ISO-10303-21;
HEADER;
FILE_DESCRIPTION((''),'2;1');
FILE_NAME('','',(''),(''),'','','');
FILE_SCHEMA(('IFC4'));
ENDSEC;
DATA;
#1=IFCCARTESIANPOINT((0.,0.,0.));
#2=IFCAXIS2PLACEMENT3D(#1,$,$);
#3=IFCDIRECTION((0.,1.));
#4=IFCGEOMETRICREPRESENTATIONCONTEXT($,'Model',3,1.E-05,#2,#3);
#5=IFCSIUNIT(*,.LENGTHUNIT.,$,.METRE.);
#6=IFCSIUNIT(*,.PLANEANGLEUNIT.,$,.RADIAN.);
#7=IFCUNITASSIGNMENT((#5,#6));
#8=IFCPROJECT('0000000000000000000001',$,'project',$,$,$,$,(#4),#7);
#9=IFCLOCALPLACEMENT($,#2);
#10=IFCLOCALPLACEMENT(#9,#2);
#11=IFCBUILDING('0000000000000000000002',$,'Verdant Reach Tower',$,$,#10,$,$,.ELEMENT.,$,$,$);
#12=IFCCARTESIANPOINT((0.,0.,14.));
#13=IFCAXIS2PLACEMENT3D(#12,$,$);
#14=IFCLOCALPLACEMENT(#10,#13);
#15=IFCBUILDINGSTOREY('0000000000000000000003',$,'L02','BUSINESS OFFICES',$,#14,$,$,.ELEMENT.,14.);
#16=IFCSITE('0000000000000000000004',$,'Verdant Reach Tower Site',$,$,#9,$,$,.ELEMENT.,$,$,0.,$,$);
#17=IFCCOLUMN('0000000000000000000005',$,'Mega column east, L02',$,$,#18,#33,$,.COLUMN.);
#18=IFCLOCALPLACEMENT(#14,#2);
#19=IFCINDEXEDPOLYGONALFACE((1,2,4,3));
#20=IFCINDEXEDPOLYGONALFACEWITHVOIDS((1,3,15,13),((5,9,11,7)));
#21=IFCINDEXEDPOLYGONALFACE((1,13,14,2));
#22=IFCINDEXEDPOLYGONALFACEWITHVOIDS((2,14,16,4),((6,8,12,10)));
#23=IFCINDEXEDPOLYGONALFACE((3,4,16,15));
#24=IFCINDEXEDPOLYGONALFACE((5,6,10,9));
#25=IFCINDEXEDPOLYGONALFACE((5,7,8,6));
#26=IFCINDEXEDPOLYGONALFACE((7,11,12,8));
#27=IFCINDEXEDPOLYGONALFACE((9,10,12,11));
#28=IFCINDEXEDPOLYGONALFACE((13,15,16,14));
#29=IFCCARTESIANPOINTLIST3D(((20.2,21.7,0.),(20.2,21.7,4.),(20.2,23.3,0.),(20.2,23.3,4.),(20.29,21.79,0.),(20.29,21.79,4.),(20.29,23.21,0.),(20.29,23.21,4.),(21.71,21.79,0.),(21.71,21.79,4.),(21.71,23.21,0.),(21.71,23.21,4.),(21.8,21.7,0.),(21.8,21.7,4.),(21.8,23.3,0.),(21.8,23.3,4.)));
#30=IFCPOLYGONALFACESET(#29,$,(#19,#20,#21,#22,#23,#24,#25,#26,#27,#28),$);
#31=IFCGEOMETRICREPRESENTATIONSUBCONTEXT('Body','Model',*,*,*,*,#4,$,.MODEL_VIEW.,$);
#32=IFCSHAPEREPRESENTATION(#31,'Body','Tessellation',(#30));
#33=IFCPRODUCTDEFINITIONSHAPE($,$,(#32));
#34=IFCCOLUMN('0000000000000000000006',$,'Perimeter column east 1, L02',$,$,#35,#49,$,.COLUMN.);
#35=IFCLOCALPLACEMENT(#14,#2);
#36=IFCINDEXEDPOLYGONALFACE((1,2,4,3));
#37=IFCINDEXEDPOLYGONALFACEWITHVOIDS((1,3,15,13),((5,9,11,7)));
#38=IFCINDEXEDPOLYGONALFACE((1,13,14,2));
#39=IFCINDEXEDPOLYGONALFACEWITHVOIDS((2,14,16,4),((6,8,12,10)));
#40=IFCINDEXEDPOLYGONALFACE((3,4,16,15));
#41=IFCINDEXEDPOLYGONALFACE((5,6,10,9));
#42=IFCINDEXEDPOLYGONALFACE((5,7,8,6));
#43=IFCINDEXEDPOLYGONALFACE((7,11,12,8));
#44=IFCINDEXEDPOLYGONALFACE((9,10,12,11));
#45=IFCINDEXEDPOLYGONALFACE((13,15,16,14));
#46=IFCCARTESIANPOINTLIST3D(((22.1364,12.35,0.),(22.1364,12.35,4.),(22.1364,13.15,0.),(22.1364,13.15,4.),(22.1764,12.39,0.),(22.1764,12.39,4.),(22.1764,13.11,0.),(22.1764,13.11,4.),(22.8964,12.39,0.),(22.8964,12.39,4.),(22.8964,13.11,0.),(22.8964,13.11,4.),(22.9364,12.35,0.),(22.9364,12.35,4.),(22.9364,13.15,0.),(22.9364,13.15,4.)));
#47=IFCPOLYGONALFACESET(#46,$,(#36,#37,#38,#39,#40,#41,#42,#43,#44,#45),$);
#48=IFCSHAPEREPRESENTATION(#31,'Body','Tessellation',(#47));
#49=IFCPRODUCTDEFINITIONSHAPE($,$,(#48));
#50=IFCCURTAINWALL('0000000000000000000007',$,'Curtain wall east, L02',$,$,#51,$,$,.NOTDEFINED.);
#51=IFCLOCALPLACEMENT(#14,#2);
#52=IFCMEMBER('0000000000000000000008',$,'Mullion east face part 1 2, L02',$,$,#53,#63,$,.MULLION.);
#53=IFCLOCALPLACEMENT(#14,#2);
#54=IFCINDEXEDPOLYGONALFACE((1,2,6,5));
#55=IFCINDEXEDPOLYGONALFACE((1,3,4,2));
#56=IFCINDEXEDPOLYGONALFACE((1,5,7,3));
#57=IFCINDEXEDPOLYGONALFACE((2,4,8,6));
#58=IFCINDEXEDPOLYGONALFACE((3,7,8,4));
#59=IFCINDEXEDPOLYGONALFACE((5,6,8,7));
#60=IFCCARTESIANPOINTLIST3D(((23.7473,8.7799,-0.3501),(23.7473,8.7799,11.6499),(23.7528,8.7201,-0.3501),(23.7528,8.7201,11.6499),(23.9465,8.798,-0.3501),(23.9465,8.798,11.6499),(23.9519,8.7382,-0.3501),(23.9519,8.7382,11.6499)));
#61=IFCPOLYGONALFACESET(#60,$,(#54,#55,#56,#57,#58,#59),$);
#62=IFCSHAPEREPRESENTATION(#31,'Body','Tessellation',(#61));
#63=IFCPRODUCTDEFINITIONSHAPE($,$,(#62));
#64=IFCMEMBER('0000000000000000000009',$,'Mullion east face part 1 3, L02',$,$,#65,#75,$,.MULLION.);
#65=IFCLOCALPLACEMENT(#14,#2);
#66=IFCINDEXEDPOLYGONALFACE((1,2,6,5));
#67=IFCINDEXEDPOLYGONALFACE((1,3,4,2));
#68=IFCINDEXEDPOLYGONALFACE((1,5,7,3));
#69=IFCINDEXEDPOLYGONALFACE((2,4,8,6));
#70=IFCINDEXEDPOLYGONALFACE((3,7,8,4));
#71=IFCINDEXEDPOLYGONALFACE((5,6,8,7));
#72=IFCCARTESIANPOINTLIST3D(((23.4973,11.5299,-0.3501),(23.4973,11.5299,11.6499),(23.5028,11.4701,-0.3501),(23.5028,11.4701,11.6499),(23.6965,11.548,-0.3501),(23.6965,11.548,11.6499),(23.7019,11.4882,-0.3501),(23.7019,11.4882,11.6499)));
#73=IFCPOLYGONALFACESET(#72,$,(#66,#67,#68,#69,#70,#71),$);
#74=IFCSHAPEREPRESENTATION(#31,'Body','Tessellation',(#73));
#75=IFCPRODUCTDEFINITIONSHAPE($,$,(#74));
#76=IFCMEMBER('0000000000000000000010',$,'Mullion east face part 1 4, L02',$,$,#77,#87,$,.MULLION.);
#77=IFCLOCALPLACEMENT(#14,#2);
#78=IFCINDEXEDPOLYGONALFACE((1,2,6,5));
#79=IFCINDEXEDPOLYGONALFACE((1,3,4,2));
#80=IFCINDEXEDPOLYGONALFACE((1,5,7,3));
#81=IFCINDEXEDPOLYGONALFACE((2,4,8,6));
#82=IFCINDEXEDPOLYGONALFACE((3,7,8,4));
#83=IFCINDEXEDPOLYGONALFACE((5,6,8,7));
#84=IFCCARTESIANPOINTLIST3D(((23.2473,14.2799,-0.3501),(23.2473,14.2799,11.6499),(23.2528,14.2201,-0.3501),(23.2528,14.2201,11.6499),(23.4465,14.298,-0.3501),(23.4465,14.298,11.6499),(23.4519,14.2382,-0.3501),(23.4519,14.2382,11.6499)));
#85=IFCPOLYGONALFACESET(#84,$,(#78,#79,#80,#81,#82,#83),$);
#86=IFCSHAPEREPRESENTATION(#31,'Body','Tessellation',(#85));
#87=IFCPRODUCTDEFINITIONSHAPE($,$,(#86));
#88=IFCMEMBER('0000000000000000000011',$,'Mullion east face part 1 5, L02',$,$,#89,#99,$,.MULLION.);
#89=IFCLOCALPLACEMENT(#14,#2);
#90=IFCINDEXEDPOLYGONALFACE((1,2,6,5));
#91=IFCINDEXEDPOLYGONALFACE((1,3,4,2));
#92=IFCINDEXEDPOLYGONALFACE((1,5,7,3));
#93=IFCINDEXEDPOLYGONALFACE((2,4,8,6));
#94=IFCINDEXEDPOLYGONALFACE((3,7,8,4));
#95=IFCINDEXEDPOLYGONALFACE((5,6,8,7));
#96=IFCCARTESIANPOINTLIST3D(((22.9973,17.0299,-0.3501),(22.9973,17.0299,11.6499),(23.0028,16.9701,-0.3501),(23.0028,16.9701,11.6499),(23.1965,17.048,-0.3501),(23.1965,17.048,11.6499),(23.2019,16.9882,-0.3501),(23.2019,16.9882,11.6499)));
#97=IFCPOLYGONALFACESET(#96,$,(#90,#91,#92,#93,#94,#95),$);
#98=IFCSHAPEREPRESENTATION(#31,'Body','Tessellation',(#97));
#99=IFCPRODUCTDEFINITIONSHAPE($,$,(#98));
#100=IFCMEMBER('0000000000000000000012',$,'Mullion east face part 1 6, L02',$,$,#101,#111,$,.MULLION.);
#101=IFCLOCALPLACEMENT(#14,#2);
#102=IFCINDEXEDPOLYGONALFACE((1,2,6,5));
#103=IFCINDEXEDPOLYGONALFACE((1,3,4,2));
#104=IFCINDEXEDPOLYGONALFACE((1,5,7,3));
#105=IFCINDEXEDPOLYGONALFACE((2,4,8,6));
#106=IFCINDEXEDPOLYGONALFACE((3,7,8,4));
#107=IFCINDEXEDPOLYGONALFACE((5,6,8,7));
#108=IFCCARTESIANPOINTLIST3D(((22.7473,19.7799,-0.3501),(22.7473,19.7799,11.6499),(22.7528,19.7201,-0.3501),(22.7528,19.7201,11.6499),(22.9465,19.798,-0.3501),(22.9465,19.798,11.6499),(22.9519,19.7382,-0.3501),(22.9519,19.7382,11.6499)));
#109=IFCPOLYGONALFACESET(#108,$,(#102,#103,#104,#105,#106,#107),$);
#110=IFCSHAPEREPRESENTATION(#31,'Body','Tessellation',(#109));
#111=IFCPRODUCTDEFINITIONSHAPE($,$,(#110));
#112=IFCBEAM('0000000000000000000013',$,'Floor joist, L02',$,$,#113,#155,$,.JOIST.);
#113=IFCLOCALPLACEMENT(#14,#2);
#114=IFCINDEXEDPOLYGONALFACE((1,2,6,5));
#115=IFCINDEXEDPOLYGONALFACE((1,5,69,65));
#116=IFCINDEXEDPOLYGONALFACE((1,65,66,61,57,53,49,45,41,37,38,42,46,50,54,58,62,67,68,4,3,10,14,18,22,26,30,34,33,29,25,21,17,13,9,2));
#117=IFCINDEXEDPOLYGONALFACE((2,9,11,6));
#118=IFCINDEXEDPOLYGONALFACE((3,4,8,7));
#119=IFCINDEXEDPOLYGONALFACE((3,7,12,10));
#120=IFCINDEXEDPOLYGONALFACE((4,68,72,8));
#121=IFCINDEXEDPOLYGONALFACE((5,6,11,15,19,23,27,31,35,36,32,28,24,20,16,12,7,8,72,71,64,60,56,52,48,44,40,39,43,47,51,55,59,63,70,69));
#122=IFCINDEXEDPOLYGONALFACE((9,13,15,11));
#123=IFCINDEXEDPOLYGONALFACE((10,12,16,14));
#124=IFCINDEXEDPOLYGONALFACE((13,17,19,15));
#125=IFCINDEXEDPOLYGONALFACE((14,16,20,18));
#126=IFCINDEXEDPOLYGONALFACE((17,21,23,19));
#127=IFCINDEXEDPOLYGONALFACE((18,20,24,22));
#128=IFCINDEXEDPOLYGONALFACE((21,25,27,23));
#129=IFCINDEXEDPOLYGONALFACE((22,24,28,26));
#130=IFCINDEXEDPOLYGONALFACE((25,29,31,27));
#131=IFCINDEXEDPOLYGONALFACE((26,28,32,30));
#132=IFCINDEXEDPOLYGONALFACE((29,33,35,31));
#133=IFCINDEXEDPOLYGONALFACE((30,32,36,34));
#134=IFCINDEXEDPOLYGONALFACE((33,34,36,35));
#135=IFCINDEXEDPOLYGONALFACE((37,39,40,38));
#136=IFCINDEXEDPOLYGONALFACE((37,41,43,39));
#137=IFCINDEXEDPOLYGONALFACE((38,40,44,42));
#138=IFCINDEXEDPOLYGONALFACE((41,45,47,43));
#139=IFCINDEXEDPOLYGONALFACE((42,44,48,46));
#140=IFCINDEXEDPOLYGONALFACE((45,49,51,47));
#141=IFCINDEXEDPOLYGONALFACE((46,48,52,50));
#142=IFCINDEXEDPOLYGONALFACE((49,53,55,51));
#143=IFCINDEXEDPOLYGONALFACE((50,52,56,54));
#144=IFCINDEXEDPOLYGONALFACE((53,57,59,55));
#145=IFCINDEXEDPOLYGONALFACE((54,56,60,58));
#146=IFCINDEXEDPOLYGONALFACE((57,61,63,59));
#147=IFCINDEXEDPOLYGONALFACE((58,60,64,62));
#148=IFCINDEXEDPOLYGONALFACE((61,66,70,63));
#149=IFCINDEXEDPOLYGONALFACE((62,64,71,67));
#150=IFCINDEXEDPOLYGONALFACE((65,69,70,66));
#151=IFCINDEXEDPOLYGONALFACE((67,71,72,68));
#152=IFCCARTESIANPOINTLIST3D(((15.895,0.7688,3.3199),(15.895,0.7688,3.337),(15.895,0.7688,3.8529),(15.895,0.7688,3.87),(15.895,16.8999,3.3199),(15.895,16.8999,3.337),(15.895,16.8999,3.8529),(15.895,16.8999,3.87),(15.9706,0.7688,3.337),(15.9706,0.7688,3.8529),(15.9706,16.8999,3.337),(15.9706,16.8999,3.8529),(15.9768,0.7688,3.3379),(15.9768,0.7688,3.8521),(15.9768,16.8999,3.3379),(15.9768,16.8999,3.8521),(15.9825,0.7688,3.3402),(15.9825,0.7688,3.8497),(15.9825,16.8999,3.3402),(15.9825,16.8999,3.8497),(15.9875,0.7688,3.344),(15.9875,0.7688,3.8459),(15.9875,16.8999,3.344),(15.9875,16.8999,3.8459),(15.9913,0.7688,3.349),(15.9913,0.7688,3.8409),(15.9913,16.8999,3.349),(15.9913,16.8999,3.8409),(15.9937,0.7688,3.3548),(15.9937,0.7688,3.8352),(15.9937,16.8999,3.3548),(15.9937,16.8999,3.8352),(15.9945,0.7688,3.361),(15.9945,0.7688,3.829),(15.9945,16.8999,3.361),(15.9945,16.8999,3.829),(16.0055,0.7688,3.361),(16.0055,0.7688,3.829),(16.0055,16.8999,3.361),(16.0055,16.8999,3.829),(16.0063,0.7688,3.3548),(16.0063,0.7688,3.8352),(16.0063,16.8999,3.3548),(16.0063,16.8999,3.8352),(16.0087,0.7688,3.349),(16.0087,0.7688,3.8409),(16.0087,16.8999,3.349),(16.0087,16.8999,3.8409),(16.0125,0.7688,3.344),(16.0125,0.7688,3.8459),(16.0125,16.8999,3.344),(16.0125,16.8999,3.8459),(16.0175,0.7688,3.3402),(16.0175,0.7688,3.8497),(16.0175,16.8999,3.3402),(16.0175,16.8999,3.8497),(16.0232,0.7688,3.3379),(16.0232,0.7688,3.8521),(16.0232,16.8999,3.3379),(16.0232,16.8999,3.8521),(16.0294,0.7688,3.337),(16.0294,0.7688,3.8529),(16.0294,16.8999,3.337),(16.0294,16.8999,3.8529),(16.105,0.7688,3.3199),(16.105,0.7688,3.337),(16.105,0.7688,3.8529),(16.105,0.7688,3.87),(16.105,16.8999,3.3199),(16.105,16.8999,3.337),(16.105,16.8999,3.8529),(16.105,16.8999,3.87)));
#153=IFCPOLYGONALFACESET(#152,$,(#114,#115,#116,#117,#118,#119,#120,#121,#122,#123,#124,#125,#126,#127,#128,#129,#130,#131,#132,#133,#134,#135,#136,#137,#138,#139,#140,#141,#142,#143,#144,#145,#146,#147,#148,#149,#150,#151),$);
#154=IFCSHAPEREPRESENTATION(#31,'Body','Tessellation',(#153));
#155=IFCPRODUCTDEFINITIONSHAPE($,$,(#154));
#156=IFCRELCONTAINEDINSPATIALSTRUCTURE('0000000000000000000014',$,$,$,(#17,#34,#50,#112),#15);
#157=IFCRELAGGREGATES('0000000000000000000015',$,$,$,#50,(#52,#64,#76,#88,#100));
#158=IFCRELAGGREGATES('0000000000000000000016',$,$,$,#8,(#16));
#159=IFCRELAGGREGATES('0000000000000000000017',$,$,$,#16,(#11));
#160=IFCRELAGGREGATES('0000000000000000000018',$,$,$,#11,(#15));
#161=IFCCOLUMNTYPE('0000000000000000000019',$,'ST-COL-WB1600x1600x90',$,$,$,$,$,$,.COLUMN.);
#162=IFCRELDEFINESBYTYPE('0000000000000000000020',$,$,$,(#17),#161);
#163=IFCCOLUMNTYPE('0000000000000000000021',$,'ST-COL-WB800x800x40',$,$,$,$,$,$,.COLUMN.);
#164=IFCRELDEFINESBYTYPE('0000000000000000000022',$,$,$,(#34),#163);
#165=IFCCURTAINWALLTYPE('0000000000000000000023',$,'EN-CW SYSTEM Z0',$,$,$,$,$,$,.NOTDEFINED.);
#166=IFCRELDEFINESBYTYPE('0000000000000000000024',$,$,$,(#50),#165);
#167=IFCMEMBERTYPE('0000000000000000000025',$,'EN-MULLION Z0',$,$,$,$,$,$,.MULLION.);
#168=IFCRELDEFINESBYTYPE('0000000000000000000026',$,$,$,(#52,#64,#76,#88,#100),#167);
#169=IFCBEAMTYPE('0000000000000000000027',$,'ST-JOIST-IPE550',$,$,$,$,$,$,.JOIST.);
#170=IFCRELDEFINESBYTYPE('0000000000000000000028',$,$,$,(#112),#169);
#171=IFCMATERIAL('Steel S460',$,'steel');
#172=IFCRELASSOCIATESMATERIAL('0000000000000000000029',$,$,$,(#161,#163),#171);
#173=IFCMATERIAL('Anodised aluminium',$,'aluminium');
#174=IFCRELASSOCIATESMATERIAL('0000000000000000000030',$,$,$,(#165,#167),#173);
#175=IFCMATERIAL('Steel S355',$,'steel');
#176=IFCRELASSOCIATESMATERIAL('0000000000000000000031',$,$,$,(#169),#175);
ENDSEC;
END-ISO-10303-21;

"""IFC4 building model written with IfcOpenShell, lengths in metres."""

from ifc_helpers import new_model, si_unit, direction, frame, origin, origin_2d, place, context, subcontext, project, spatial, rectangle, hollow_rectangle, i_section, extrude, material, material_profile, profile_set, type_object, element, aggregate, save


model = new_model("IFC4")

# Units and contexts
model_context = context("Model", 3, precision=1e-05, world=origin(), true_north=direction((0.0, 1.0)))
body_context = subcontext(model_context, "Body", "Model", "MODEL_VIEW")
ifc_project = project(units=[si_unit("LENGTHUNIT", "METRE"), si_unit("PLANEANGLEUNIT", "RADIAN")], contexts=[model_context])

# Site, building, storey
site_placement = place(None, origin())
site = spatial("IfcSite", under=ifc_project, at=site_placement, Name="Verdant Reach Tower Site", CompositionType="ELEMENT", RefElevation=0.0)
building_placement = place(site_placement, origin())
building = spatial("IfcBuilding", under=site, at=building_placement, Name="Verdant Reach Tower", CompositionType="ELEMENT")
storey_placement = place(building_placement, frame((0.0, 0.0, 14.0)))
storey = spatial("IfcBuildingStorey", under=building, at=storey_placement, Name="L02", Description="BUSINESS OFFICES", CompositionType="ELEMENT", Elevation=14.0)

# Columns
ifc_material_1 = material(Name="Steel S460", Category="steel")
ifc_material_profile_1 = material_profile(ifc_material_1, hollow_rectangle(XDim=1.6001, YDim=1.6001, WallThickness=0.0901, at=origin_2d()), Name="WB 1600x1600x90")
ifc_profile_set_1 = profile_set([ifc_material_profile_1], Name="Steel S460")
column_type_1 = type_object("IfcColumnType", Name="ST-COL-WB1600x1600x90", PredefinedType="COLUMN", material=ifc_profile_set_1)
column_1_placement = place(storey_placement, frame((21.0, 22.5, 0.0), z_axis=(0.0, 0.0, 1.0), x_axis=(1.0, 0.0, 0.0)))
element("IfcColumn", 1, at=column_1_placement, inside=storey, type_object=column_type_1, Name="Mega column east, L02", PredefinedType="COLUMN", context=body_context, shape_type="SweptSolid", body=[
    extrude(hollow_rectangle(XDim=1.6001, YDim=1.6001, WallThickness=0.0901, at=origin_2d()), origin(), (0.0, 0.0, 1.0), 4.0),
])
ifc_material_profile_2 = material_profile(ifc_material_1, hollow_rectangle(XDim=0.8, YDim=0.8, WallThickness=0.04, at=origin_2d()), Name="WB 800x800x40")
ifc_profile_set_2 = profile_set([ifc_material_profile_2], Name="Steel S460")
column_type_2 = type_object("IfcColumnType", Name="ST-COL-WB800x800x40", PredefinedType="COLUMN", material=ifc_profile_set_2)
column_2_placement = place(storey_placement, frame((22.5364, 12.75, 0.0), z_axis=(0.0, 0.0, 1.0), x_axis=(1.0, 0.0, 0.0)))
element("IfcColumn", 2, at=column_2_placement, inside=storey, type_object=column_type_2, Name="Perimeter column east 1, L02", PredefinedType="COLUMN", context=body_context, shape_type="SweptSolid", body=[
    extrude(hollow_rectangle(XDim=0.8, YDim=0.8, WallThickness=0.04, at=origin_2d()), origin(), (0.0, 0.0, 1.0), 4.0),
])

# Curtain wall, members
ifc_material_2 = material(Name="Anodised aluminium", Category="aluminium")
curtain_wall_type = type_object("IfcCurtainWallType", Name="EN-CW SYSTEM Z0", PredefinedType="NOTDEFINED", material=ifc_material_2)
curtain_wall_placement = place(storey_placement, origin())
curtain_wall = element("IfcCurtainWall", 3, at=curtain_wall_placement, inside=storey, type_object=curtain_wall_type, Name="Curtain wall east, L02", PredefinedType="NOTDEFINED")
ifc_material_profile_3 = material_profile(ifc_material_2, rectangle(XDim=0.2, YDim=0.0601, at=origin_2d()), Name="Mullion 60x200")
ifc_profile_set_3 = profile_set([ifc_material_profile_3], Name="Anodised aluminium")
member_type = type_object("IfcMemberType", Name="EN-MULLION Z0", PredefinedType="MULLION", material=ifc_profile_set_3)
member_1_placement = place(storey_placement, frame((23.8496, 8.759, -0.3501), z_axis=(0.0, 0.0, 1.0), x_axis=(0.995893, 0.090536, 0.0)))
member_1 = element("IfcMember", 4, at=member_1_placement, type_object=member_type, Name="Mullion east face part 1 2, L02", PredefinedType="MULLION", context=body_context, shape_type="SweptSolid", body=[
    extrude(rectangle(XDim=0.2, YDim=0.0601, at=origin_2d()), origin(), (0.0, 0.0, 1.0), 12.0),
])
member_2_placement = place(storey_placement, frame((23.5996, 11.509, -0.3501), z_axis=(0.0, 0.0, 1.0), x_axis=(0.995893, 0.090536, 0.0)))
member_2 = element("IfcMember", 5, at=member_2_placement, type_object=member_type, Name="Mullion east face part 1 3, L02", PredefinedType="MULLION", context=body_context, shape_type="SweptSolid", body=[
    extrude(rectangle(XDim=0.2, YDim=0.0601, at=origin_2d()), origin(), (0.0, 0.0, 1.0), 12.0),
])
member_3_placement = place(storey_placement, frame((23.3496, 14.259, -0.3501), z_axis=(0.0, 0.0, 1.0), x_axis=(0.995893, 0.090536, 0.0)))
member_3 = element("IfcMember", 6, at=member_3_placement, type_object=member_type, Name="Mullion east face part 1 4, L02", PredefinedType="MULLION", context=body_context, shape_type="SweptSolid", body=[
    extrude(rectangle(XDim=0.2, YDim=0.0601, at=origin_2d()), origin(), (0.0, 0.0, 1.0), 12.0),
])
member_4_placement = place(storey_placement, frame((23.0996, 17.009, -0.3501), z_axis=(0.0, 0.0, 1.0), x_axis=(0.995893, 0.090536, 0.0)))
member_4 = element("IfcMember", 7, at=member_4_placement, type_object=member_type, Name="Mullion east face part 1 5, L02", PredefinedType="MULLION", context=body_context, shape_type="SweptSolid", body=[
    extrude(rectangle(XDim=0.2, YDim=0.0601, at=origin_2d()), origin(), (0.0, 0.0, 1.0), 12.0),
])
member_5_placement = place(storey_placement, frame((22.8496, 19.759, -0.3501), z_axis=(0.0, 0.0, 1.0), x_axis=(0.995893, 0.090536, 0.0)))
member_5 = element("IfcMember", 8, at=member_5_placement, type_object=member_type, Name="Mullion east face part 1 6, L02", PredefinedType="MULLION", context=body_context, shape_type="SweptSolid", body=[
    extrude(rectangle(XDim=0.2, YDim=0.0601, at=origin_2d()), origin(), (0.0, 0.0, 1.0), 12.0),
])

# Beam
ifc_material_3 = material(Name="Steel S355", Category="steel")
ifc_material_profile_4 = material_profile(ifc_material_3, i_section(OverallWidth=0.21, OverallDepth=0.55, WebThickness=0.011, FlangeThickness=0.0171, FilletRadius=0.0239, at=origin_2d()), Name="IPE 550")
ifc_profile_set_4 = profile_set([ifc_material_profile_4], Name="Steel S355")
beam_type_1 = type_object("IfcBeamType", Name="ST-JOIST-IPE550", PredefinedType="JOIST", material=ifc_profile_set_4)
beam_1_placement = place(storey_placement, frame((16.0, 16.8999, 3.595), z_axis=(0.0, -1.0, 0.0), x_axis=(1.0, 0.0, 0.0)))
element("IfcBeam", 9, at=beam_1_placement, inside=storey, type_object=beam_type_1, Name="Floor joist, L02", PredefinedType="JOIST", context=body_context, shape_type="SweptSolid", body=[
    extrude(i_section(OverallWidth=0.21, OverallDepth=0.55, WebThickness=0.011, FlangeThickness=0.0171, FilletRadius=0.0239, at=origin_2d()), origin(), (0.0, 0.0, 1.0), 16.1311),
])

aggregate(curtain_wall, [member_1, member_2, member_3, member_4, member_5])

save(model, "model.ifc")
